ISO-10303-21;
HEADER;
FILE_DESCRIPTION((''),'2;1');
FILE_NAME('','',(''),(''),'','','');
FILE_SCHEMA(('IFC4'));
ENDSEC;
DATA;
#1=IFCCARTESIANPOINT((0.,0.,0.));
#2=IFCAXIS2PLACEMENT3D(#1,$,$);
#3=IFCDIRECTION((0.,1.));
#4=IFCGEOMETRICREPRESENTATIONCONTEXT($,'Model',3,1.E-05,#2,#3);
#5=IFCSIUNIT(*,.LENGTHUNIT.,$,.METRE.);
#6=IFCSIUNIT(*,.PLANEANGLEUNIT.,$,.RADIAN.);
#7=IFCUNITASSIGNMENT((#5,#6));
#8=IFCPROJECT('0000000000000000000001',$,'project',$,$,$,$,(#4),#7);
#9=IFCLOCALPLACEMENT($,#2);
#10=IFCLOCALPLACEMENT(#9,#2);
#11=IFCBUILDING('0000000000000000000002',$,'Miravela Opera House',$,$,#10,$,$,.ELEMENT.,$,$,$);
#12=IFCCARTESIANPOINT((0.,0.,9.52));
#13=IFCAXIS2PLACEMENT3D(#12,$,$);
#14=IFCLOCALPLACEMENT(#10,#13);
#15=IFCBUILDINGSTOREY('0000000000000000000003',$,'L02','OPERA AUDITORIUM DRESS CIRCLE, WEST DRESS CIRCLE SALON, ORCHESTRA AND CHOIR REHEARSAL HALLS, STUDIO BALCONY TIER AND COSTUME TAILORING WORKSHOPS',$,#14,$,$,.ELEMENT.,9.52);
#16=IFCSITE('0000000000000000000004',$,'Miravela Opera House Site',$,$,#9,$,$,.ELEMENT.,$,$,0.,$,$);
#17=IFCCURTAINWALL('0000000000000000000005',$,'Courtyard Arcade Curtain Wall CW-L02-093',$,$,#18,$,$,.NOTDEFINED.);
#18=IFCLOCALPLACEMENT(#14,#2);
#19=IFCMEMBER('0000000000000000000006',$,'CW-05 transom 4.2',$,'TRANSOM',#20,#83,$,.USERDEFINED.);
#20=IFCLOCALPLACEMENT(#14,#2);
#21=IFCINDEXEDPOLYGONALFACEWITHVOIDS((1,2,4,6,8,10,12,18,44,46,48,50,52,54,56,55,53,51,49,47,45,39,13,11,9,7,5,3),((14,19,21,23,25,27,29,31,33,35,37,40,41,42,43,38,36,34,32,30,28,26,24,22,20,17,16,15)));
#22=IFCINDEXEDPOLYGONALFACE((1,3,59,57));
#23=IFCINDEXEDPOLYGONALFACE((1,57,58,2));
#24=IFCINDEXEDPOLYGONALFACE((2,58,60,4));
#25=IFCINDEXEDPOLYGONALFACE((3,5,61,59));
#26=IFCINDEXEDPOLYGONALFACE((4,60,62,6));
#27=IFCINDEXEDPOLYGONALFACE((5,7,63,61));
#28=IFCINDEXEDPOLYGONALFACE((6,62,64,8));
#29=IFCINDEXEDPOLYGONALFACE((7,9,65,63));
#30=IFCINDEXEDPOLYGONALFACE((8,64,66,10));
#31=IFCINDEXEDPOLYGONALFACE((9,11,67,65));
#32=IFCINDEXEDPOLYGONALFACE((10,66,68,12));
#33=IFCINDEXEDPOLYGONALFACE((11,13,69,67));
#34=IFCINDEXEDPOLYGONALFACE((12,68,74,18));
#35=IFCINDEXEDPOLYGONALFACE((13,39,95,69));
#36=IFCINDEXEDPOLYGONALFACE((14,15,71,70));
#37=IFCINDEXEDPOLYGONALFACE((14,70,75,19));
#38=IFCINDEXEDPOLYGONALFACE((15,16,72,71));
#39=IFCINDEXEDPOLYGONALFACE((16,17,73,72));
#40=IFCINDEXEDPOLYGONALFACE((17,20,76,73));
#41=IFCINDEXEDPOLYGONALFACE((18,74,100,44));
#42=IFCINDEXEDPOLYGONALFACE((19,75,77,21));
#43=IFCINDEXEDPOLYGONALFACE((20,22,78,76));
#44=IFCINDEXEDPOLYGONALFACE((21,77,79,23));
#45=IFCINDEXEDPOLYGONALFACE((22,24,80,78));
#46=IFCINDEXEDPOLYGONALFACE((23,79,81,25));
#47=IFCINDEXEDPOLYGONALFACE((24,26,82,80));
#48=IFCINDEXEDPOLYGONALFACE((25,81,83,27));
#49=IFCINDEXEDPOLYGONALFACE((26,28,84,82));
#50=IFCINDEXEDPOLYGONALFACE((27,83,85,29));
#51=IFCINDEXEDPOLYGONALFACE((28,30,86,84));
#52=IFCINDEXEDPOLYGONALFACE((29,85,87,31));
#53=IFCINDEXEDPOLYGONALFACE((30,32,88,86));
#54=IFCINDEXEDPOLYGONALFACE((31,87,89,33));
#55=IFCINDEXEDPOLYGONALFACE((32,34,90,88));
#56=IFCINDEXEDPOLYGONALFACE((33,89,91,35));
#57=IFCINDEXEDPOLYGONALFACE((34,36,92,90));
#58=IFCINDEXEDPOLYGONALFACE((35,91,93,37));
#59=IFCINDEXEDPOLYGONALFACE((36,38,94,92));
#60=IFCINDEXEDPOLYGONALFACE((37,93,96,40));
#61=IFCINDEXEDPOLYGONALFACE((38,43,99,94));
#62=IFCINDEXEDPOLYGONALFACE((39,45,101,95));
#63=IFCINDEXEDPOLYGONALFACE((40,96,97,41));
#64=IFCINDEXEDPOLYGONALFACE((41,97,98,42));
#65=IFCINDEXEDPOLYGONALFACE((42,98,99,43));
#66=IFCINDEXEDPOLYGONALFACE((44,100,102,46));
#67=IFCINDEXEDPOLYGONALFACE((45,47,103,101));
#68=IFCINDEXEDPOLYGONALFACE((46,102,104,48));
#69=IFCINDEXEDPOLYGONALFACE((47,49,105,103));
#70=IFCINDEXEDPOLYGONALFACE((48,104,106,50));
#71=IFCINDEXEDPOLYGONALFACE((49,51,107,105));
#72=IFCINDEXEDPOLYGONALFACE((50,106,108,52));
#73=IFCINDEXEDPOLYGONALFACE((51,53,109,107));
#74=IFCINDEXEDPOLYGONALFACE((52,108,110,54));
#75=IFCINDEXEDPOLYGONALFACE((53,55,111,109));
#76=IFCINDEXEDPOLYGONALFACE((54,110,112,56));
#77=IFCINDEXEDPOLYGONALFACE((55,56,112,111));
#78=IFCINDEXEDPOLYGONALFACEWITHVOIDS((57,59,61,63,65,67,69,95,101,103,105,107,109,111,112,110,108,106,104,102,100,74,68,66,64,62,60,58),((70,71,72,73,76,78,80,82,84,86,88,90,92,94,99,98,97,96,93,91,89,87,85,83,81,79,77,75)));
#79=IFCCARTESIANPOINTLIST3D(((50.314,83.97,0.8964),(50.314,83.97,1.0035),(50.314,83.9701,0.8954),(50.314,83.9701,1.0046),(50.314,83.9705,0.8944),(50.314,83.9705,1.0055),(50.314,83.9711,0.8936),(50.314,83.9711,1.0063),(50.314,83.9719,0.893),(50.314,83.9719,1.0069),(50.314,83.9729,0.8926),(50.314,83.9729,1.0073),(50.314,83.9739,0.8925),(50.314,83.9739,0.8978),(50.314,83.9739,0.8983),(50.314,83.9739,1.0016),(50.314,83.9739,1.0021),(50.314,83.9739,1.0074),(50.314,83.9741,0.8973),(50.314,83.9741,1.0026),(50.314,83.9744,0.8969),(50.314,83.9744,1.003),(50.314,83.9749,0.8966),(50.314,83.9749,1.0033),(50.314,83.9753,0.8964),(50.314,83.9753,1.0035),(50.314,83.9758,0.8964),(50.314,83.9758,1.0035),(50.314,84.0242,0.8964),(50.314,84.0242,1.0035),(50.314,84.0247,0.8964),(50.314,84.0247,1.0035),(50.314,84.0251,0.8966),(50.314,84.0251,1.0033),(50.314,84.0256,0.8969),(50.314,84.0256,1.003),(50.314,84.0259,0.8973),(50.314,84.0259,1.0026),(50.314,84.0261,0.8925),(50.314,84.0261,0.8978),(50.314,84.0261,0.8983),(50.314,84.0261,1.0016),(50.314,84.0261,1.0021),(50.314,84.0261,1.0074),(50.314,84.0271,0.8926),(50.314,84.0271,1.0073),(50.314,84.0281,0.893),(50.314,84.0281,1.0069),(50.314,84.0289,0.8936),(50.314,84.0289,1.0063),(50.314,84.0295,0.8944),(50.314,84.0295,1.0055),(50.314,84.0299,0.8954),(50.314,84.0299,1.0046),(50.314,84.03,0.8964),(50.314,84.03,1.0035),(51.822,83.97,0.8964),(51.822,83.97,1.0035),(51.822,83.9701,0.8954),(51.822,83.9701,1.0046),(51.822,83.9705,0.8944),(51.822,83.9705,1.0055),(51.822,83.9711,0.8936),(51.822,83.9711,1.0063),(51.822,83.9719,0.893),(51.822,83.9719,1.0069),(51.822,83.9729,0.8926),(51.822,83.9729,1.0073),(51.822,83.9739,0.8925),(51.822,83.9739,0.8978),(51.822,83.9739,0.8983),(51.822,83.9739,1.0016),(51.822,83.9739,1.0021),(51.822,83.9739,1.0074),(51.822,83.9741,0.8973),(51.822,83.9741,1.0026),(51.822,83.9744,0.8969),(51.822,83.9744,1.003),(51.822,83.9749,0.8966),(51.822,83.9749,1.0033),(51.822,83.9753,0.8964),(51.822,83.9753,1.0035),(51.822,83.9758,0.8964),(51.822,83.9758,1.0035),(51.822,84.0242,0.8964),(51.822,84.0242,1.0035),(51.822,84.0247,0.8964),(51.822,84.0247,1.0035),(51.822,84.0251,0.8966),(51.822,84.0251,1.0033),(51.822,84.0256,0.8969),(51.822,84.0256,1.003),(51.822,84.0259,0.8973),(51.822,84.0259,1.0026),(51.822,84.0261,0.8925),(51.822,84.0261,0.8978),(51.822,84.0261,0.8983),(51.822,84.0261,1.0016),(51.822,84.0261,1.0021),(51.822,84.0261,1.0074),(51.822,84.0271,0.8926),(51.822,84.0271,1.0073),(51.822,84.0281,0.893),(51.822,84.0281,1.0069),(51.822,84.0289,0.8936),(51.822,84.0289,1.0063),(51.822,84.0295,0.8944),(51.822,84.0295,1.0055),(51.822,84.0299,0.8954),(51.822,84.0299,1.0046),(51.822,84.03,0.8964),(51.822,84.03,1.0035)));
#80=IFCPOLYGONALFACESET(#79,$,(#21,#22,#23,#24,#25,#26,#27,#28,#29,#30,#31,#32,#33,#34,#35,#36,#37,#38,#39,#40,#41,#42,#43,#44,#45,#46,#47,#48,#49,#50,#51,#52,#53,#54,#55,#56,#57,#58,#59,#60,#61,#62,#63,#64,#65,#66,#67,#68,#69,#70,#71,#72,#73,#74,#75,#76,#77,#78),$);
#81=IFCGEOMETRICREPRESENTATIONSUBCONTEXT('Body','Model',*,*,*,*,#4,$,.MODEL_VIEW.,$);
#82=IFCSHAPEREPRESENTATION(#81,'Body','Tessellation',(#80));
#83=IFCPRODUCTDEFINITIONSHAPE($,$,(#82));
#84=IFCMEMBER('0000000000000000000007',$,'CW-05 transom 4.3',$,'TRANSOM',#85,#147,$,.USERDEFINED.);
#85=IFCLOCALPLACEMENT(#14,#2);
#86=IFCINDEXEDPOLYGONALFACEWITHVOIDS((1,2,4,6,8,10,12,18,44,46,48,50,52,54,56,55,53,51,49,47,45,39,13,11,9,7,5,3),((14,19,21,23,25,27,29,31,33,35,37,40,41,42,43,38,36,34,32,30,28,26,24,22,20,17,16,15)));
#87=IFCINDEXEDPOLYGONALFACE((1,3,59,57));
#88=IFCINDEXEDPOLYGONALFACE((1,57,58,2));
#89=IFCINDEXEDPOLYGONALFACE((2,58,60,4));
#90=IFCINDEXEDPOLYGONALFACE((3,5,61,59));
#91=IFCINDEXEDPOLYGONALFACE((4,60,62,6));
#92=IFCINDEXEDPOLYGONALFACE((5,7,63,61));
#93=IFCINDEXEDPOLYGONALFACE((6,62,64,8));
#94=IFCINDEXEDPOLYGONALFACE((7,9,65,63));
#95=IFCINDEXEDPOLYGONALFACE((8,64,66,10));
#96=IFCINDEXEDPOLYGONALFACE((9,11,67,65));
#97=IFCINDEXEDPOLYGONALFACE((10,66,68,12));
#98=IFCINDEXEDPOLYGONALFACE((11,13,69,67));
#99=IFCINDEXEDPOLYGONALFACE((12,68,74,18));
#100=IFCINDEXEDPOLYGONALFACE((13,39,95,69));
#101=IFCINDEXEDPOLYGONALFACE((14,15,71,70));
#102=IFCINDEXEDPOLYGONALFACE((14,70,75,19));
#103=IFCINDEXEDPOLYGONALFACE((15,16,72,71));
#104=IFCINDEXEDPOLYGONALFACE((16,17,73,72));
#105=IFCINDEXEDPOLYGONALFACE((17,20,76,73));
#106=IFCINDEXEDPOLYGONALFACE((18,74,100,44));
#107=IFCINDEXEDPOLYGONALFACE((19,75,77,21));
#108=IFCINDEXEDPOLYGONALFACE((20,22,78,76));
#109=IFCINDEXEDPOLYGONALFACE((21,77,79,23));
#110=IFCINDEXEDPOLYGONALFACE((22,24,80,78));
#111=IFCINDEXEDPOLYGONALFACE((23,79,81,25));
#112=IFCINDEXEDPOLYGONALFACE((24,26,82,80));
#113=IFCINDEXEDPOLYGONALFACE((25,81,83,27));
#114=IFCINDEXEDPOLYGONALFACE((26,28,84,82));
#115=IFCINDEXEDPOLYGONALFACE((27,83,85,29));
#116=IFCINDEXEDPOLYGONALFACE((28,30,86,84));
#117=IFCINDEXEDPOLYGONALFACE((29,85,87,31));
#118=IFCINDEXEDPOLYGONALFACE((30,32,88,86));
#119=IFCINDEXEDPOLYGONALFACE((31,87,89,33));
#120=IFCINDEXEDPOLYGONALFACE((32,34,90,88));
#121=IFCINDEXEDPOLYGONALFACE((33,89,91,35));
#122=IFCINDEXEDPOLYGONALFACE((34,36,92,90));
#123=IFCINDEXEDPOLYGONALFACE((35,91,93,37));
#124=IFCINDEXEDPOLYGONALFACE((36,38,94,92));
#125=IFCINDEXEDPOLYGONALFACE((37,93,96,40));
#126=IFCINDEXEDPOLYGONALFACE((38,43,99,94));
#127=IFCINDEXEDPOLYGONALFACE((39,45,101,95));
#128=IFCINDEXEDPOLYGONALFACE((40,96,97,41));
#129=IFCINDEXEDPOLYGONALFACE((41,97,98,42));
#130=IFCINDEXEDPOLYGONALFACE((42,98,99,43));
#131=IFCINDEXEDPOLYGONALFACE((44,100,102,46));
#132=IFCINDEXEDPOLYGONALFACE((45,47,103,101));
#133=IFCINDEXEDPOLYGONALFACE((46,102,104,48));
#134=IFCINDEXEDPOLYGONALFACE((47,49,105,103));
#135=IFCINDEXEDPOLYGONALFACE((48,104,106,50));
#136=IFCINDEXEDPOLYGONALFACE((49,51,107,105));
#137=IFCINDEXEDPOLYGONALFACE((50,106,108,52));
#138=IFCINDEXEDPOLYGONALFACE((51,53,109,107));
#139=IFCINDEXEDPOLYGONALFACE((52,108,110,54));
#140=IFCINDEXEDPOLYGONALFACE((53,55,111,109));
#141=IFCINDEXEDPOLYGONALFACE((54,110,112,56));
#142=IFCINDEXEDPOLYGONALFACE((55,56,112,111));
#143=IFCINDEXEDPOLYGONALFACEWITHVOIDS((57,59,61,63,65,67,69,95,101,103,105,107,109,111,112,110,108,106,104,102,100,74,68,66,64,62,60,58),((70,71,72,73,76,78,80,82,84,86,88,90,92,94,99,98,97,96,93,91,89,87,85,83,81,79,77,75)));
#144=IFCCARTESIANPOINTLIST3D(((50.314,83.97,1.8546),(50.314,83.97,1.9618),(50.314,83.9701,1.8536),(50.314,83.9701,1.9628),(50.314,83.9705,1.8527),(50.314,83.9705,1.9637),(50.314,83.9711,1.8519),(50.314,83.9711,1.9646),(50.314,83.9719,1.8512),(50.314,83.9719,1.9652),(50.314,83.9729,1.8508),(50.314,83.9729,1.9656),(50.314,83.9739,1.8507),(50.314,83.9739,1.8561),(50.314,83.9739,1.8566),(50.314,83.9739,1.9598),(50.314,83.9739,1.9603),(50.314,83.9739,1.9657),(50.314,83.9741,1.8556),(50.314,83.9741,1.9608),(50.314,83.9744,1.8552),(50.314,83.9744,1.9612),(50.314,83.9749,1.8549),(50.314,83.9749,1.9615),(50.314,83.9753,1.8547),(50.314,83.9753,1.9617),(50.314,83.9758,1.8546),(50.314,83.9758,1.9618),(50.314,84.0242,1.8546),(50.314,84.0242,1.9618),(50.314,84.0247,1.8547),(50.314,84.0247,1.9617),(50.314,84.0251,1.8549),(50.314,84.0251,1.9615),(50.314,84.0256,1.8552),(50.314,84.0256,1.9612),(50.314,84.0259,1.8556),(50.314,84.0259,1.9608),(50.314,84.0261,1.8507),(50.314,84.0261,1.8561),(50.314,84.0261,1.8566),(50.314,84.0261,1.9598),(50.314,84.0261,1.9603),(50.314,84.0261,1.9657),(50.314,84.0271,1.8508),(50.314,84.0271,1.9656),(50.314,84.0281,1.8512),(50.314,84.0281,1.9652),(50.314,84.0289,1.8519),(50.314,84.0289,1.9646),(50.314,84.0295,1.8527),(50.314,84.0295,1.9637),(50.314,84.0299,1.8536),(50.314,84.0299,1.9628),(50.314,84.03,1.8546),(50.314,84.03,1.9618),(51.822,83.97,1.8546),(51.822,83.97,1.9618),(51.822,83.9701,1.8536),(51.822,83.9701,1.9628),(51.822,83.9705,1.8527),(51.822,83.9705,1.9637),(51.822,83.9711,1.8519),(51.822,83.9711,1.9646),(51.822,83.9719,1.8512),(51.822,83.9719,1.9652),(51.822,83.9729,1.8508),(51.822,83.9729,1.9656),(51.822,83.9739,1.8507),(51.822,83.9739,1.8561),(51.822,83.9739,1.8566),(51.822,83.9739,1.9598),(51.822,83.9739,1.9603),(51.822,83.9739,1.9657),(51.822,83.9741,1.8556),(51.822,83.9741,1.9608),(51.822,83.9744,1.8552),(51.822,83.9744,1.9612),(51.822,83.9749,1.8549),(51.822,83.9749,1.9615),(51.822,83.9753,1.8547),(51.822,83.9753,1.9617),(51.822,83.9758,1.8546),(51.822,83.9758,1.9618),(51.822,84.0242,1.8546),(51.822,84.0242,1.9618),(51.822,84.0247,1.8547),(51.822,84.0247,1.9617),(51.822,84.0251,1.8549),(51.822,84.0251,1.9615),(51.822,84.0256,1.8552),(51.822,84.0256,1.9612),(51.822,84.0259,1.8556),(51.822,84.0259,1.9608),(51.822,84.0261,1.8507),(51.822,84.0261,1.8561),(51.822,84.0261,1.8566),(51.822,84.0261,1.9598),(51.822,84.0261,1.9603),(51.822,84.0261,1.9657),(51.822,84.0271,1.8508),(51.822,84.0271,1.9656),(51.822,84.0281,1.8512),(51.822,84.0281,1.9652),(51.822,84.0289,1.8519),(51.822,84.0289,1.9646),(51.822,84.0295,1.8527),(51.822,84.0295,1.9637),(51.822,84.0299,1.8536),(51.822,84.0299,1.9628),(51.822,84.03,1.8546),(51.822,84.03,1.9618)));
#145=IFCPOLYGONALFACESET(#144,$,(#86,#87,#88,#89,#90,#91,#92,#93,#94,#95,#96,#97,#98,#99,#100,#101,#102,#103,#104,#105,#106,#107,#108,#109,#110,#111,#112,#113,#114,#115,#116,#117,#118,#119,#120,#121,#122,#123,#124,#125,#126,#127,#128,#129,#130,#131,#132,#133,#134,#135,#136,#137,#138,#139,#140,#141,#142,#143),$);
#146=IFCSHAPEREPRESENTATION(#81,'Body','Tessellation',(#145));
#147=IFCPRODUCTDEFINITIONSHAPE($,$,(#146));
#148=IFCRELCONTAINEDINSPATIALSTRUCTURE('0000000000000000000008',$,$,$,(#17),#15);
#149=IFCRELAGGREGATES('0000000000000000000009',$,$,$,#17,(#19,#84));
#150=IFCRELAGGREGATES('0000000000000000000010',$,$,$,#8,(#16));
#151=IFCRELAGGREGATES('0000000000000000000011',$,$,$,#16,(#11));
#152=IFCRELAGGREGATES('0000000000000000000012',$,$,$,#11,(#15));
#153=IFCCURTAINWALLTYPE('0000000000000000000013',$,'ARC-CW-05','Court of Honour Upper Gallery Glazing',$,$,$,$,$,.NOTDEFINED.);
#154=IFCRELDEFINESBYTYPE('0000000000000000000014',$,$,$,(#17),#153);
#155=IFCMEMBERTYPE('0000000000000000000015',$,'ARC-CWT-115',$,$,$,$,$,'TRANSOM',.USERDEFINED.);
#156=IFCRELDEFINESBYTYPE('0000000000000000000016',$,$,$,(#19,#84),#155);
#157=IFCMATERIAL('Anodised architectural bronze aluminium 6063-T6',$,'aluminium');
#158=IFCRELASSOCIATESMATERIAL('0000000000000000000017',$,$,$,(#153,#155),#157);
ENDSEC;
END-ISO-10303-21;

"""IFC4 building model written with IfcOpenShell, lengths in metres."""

from ifc_helpers import new_model, si_unit, direction, frame, origin, origin_2d, place, context, subcontext, project, spatial, hollow_rectangle, extrude, material, material_profile, profile_set, type_object, element, aggregate, save


model = new_model("IFC4")

# Units and contexts
model_context = context("Model", 3, precision=1e-05, world=origin(), true_north=direction((0.0, 1.0)))
body_context = subcontext(model_context, "Body", "Model", "MODEL_VIEW")
ifc_project = project(units=[si_unit("LENGTHUNIT", "METRE"), si_unit("PLANEANGLEUNIT", "RADIAN")], contexts=[model_context])

# Site, building, storey
site_placement = place(None, origin())
site = spatial("IfcSite", under=ifc_project, at=site_placement, Name="Miravela Opera House Site", CompositionType="ELEMENT", RefElevation=0.0)
building_placement = place(site_placement, origin())
building = spatial("IfcBuilding", under=site, at=building_placement, Name="Miravela Opera House", CompositionType="ELEMENT")
storey_placement = place(building_placement, frame((0.0, 0.0, 9.52)))
storey = spatial("IfcBuildingStorey", under=building, at=storey_placement, Name="L02", Description="OPERA AUDITORIUM DRESS CIRCLE, WEST DRESS CIRCLE SALON, ORCHESTRA AND CHOIR REHEARSAL HALLS, STUDIO BALCONY TIER AND COSTUME TAILORING WORKSHOPS", CompositionType="ELEMENT", Elevation=9.52)

# Curtain wall, members
ifc_material_1 = material(Name="Anodised architectural bronze aluminium 6063-T6", Category="aluminium")
curtain_wall_type = type_object("IfcCurtainWallType", Name="ARC-CW-05", Description="Court of Honour Upper Gallery Glazing", PredefinedType="NOTDEFINED", material=ifc_material_1)
curtain_wall_placement = place(storey_placement, origin())
curtain_wall = element("IfcCurtainWall", 1, at=curtain_wall_placement, inside=storey, type_object=curtain_wall_type, Name="Courtyard Arcade Curtain Wall CW-L02-093", PredefinedType="NOTDEFINED")
ifc_material_profile_1 = material_profile(ifc_material_1, hollow_rectangle(XDim=0.0601, YDim=0.115, WallThickness=0.0039, InnerFilletRadius=0.002, OuterFilletRadius=0.0039, at=origin_2d()), Name="CWT-60X115")
ifc_profile_set_1 = profile_set([ifc_material_profile_1])
member_type_1 = type_object("IfcMemberType", Name="ARC-CWT-115", ElementType="TRANSOM", PredefinedType="USERDEFINED", material=ifc_profile_set_1)
member_1_placement = place(storey_placement, frame((50.314, 84.0, 0.95), z_axis=(1.0, 0.0, 0.0), x_axis=(0.0, 1.0, 0.0)))
member_1 = element("IfcMember", 2, at=member_1_placement, type_object=member_type_1, Name="CW-05 transom 4.2", ObjectType="TRANSOM", PredefinedType="USERDEFINED", context=body_context, shape_type="SweptSolid", body=[
    extrude(hollow_rectangle(XDim=0.0601, YDim=0.115, WallThickness=0.0039, InnerFilletRadius=0.002, OuterFilletRadius=0.0039, at=origin_2d()), origin(), (0.0, 0.0, 1.0), 1.5081),
])
member_2_placement = place(storey_placement, frame((50.314, 84.0, 1.9082), z_axis=(1.0, 0.0, 0.0), x_axis=(0.0, 1.0, 0.0)))
member_2 = element("IfcMember", 3, at=member_2_placement, type_object=member_type_1, Name="CW-05 transom 4.3", ObjectType="TRANSOM", PredefinedType="USERDEFINED", context=body_context, shape_type="SweptSolid", body=[
    extrude(hollow_rectangle(XDim=0.0601, YDim=0.115, WallThickness=0.0039, InnerFilletRadius=0.002, OuterFilletRadius=0.0039, at=origin_2d()), origin(), (0.0, 0.0, 1.0), 1.5081),
])
aggregate(curtain_wall, [member_1, member_2])

save(model, "model.ifc")
